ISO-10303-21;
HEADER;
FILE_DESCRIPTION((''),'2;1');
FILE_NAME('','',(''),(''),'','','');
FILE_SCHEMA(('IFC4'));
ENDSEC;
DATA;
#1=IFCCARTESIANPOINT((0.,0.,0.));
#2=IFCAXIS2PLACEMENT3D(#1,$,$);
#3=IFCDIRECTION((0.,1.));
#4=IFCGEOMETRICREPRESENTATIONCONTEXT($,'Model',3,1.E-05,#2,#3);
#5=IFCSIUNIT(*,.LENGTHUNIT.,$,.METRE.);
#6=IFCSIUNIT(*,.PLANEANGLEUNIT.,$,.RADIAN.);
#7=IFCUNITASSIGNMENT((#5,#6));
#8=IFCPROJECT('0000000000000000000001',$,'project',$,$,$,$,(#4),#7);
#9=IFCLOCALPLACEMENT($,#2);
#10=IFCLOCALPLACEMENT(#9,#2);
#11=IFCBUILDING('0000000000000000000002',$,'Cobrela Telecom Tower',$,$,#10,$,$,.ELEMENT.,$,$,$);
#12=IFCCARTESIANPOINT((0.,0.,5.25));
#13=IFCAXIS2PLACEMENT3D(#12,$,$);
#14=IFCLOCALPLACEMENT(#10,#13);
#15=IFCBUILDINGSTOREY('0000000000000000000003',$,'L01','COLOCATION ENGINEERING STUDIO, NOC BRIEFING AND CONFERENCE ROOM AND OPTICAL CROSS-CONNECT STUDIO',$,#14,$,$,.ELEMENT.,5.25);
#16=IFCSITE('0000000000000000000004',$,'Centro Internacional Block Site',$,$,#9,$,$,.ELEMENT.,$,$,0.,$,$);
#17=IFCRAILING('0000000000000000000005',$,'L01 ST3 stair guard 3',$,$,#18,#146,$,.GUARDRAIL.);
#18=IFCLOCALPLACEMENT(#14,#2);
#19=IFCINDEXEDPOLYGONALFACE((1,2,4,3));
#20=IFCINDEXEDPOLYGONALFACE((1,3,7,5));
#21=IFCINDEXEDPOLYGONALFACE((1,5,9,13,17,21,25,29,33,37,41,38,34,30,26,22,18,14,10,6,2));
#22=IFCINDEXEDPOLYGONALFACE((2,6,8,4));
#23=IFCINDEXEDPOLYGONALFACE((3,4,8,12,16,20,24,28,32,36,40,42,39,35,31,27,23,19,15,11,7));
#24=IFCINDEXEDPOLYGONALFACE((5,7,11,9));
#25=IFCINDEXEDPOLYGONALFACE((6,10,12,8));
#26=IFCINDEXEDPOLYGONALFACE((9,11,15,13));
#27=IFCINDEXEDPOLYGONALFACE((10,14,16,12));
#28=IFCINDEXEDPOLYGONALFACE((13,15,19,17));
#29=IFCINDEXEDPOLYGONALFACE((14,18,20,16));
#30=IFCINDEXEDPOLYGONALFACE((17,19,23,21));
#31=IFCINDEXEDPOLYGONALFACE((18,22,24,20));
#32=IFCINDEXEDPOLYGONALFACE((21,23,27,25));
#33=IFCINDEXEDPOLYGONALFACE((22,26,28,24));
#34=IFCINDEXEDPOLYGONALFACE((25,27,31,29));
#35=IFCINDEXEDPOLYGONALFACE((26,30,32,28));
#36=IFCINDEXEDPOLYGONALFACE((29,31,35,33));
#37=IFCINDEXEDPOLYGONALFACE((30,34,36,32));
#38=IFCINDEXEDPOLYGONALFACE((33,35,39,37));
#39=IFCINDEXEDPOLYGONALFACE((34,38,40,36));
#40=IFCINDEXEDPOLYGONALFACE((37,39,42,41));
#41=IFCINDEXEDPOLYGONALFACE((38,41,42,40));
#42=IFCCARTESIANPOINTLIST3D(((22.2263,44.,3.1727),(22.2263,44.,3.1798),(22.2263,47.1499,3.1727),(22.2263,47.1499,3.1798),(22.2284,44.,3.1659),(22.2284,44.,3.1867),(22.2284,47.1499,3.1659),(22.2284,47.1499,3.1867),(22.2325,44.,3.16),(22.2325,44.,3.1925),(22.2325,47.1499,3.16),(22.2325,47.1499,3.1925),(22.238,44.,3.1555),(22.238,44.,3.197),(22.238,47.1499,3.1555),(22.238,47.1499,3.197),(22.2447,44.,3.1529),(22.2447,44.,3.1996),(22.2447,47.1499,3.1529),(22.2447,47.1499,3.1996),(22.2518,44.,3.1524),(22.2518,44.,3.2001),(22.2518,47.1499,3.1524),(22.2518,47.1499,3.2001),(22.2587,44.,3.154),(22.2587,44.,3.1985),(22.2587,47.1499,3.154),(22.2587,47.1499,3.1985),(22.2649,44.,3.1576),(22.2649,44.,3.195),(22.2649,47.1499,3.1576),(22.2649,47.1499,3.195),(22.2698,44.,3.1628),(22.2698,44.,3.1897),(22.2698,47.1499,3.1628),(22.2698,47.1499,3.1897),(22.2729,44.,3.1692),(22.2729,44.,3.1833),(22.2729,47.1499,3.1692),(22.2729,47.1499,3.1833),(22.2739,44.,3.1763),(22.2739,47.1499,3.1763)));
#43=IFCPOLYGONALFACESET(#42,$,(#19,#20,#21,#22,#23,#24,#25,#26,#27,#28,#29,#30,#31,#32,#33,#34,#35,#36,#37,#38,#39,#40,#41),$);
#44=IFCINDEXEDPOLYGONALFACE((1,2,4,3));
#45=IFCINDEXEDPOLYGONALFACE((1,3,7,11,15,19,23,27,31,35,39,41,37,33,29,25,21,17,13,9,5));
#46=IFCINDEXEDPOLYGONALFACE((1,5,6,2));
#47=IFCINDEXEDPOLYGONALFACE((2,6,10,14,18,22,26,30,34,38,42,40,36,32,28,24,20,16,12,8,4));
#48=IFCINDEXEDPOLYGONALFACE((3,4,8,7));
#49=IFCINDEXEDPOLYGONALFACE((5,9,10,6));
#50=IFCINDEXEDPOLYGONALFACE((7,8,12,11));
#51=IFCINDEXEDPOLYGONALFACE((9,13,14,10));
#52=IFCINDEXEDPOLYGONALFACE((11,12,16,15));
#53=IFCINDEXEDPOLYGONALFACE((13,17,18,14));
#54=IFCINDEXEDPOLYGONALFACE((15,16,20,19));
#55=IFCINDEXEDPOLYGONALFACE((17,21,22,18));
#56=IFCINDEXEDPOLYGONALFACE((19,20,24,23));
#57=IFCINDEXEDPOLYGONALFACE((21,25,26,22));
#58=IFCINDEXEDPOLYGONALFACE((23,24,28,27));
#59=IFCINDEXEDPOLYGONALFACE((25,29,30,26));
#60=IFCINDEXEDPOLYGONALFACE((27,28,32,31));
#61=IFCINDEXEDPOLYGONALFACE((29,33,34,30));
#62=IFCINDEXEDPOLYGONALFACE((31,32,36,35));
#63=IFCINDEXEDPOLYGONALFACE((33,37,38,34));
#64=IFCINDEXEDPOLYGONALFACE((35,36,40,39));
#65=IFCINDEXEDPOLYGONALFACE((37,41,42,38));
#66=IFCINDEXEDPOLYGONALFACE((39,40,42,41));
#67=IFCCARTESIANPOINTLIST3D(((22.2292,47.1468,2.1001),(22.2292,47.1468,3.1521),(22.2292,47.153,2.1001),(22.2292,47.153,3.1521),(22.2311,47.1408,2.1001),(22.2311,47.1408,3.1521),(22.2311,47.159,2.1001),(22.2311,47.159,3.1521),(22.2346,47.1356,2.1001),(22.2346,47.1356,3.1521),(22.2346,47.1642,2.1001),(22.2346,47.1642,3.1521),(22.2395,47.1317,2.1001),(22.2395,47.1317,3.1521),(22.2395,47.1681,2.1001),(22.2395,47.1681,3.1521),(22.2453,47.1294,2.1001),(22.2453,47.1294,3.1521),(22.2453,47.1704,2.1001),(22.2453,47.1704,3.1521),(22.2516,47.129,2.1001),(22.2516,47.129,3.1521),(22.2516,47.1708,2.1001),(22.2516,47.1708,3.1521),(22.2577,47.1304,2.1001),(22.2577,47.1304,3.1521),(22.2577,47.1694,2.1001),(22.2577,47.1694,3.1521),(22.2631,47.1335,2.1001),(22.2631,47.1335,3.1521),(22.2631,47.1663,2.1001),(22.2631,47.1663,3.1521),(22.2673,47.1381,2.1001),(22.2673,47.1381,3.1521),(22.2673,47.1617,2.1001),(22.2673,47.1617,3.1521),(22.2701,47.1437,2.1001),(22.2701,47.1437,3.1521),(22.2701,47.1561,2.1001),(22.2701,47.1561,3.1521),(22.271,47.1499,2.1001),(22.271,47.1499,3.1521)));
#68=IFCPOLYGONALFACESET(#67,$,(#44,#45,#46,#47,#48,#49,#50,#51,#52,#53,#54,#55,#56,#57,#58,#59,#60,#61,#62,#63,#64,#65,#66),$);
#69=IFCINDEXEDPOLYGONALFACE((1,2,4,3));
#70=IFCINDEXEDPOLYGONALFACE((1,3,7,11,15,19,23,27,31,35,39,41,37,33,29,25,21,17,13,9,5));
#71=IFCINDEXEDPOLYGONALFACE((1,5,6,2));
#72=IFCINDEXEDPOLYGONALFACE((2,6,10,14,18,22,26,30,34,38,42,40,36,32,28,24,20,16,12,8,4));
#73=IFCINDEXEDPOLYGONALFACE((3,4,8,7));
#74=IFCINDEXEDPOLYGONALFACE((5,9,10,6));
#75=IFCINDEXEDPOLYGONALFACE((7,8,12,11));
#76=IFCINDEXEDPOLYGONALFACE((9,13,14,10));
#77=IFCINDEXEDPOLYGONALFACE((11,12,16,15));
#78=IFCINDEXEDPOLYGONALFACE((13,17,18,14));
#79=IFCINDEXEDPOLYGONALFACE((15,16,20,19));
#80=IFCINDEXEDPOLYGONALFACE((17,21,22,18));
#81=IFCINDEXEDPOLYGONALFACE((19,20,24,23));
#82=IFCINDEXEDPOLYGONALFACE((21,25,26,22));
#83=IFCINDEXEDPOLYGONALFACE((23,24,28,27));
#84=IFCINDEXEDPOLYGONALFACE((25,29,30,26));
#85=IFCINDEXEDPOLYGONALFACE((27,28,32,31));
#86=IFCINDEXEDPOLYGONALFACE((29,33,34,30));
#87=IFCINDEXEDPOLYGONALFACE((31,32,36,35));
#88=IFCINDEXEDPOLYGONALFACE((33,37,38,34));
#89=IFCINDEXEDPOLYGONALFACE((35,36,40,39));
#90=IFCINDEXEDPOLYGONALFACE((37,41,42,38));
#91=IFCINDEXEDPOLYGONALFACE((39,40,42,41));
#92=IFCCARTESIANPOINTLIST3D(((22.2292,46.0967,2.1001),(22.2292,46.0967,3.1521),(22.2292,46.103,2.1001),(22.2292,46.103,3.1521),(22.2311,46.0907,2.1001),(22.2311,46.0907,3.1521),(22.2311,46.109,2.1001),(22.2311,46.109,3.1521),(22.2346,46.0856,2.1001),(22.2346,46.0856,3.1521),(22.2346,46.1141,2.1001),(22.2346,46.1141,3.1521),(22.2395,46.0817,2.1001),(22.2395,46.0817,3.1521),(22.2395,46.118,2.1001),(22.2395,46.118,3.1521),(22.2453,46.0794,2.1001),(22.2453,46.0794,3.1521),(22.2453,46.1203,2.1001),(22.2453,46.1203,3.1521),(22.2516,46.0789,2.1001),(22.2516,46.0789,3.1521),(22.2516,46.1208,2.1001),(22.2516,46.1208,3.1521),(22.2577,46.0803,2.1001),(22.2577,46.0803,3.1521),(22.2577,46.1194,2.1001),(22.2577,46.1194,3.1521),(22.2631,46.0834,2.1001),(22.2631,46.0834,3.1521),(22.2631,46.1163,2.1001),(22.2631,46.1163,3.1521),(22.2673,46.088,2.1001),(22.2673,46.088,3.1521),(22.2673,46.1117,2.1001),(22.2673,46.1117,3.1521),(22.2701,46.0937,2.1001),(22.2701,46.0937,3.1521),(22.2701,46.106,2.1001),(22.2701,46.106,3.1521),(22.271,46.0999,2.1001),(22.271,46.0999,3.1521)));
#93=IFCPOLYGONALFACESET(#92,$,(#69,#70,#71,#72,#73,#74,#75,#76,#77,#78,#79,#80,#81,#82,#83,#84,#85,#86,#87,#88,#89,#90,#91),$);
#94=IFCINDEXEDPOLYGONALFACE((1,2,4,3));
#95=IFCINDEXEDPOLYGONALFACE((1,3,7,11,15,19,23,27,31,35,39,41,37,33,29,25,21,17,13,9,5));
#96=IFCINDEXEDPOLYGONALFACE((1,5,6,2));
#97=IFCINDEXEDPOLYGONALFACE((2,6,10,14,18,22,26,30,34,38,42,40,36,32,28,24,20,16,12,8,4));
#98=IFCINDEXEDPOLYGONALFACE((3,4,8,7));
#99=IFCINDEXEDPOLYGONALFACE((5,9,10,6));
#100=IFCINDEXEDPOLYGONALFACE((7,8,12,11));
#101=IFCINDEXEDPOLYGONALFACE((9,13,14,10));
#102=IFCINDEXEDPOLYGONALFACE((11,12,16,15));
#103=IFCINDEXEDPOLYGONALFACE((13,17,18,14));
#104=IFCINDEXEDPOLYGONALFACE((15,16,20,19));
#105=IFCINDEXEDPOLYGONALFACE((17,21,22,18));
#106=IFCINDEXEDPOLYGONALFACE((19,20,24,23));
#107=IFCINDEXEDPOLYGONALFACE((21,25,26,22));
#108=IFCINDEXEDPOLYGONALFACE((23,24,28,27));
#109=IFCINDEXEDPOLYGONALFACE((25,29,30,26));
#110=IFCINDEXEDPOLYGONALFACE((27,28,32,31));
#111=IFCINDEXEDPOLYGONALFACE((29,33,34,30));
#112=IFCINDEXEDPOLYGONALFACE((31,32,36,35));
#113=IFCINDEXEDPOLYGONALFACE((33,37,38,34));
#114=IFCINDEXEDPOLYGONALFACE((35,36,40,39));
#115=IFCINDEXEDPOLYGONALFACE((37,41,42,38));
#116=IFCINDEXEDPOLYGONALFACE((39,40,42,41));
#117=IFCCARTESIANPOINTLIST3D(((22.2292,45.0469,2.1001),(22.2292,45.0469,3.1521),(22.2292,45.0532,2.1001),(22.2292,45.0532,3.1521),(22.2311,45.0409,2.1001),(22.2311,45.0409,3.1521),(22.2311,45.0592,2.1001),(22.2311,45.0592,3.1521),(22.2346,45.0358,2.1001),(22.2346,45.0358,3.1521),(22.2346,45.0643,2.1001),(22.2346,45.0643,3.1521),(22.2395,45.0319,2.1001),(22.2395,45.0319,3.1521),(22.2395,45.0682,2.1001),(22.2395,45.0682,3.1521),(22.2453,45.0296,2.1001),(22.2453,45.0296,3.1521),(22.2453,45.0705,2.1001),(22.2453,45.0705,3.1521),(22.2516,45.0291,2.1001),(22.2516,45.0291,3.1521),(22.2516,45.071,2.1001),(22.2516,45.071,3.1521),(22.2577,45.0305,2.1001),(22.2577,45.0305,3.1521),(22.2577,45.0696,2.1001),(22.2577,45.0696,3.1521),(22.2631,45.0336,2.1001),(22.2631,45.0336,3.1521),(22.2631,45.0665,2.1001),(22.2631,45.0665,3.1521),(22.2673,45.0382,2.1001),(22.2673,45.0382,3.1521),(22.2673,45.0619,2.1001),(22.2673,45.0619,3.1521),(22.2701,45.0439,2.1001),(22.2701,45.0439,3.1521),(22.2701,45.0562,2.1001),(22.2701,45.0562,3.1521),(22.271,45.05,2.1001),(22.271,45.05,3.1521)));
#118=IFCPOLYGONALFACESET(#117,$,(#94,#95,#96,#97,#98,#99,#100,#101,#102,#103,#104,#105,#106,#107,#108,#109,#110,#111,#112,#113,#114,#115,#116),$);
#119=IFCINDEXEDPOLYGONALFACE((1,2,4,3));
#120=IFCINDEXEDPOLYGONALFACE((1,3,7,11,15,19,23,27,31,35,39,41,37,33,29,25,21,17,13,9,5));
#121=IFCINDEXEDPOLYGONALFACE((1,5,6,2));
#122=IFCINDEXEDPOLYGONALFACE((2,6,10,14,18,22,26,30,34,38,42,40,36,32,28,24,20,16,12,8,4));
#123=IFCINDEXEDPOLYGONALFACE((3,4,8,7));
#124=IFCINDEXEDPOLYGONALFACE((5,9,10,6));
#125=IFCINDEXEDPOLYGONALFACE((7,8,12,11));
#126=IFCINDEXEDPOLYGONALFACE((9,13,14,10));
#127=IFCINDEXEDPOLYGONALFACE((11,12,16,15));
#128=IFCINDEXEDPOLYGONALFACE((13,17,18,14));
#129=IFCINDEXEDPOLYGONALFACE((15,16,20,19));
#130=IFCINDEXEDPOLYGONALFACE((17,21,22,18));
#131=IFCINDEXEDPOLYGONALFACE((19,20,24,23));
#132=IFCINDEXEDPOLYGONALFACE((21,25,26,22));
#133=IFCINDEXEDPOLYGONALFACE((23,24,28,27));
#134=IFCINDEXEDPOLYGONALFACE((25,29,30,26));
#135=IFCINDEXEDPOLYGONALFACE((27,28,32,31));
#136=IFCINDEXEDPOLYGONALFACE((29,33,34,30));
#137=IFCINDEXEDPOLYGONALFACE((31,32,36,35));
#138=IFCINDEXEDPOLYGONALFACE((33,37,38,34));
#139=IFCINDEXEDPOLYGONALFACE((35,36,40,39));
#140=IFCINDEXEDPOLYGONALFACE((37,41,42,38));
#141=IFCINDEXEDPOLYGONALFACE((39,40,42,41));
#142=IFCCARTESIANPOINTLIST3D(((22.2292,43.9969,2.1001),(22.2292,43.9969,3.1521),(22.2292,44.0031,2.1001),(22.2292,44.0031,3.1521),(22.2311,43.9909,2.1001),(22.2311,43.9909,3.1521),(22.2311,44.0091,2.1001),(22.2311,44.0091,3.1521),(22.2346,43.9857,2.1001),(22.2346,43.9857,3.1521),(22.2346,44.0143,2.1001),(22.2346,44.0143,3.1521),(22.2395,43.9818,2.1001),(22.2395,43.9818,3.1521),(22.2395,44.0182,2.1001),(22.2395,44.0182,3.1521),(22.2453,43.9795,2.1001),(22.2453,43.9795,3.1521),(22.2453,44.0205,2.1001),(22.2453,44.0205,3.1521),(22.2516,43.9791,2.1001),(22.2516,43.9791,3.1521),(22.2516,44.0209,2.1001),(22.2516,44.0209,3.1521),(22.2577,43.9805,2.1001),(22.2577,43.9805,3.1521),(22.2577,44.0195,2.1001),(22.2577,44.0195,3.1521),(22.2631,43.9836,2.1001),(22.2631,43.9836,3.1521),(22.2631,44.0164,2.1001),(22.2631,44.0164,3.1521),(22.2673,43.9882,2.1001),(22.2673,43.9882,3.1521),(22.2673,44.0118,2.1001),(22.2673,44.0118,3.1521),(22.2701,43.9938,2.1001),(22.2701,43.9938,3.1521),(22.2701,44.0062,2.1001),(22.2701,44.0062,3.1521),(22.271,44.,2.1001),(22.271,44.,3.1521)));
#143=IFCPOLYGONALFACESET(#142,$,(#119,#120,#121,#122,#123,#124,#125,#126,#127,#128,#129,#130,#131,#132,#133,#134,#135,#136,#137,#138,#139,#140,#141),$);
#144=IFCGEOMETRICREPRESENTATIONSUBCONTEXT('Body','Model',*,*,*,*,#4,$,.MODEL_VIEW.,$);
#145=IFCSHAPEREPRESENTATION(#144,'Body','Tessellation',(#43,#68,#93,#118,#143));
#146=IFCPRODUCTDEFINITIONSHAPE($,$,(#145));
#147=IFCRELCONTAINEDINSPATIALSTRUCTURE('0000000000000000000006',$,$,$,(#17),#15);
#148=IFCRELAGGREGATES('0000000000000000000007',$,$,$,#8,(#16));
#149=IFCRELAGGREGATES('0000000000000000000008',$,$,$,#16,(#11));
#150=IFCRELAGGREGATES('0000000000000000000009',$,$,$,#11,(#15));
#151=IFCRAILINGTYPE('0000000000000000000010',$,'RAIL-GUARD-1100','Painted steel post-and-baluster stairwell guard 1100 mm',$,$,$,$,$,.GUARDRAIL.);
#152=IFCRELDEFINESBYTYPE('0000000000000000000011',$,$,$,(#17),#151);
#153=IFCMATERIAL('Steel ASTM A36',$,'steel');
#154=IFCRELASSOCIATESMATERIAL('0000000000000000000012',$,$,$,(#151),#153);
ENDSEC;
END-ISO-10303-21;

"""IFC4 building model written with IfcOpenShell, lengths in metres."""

from ifc_helpers import new_model, si_unit, direction, frame, origin, origin_2d, place, context, subcontext, project, spatial, circle, extrude, material, type_object, element, save


model = new_model("IFC4")

# Units and contexts
model_context = context("Model", 3, precision=1e-05, world=origin(), true_north=direction((0.0, 1.0)))
body_context = subcontext(model_context, "Body", "Model", "MODEL_VIEW")
ifc_project = project(units=[si_unit("LENGTHUNIT", "METRE"), si_unit("PLANEANGLEUNIT", "RADIAN")], contexts=[model_context])

# Site, building, storey
site_placement = place(None, origin())
site = spatial("IfcSite", under=ifc_project, at=site_placement, Name="Centro Internacional Block Site", CompositionType="ELEMENT", RefElevation=0.0)
building_placement = place(site_placement, origin())
building = spatial("IfcBuilding", under=site, at=building_placement, Name="Cobrela Telecom Tower", CompositionType="ELEMENT")
storey_placement = place(building_placement, frame((0.0, 0.0, 5.25)))
storey = spatial("IfcBuildingStorey", under=building, at=storey_placement, Name="L01", Description="COLOCATION ENGINEERING STUDIO, NOC BRIEFING AND CONFERENCE ROOM AND OPTICAL CROSS-CONNECT STUDIO", CompositionType="ELEMENT", Elevation=5.25)

# Shared definitions
ifc_material_1 = material(Name="Steel ASTM A36", Category="steel")

# Railing
railing_type_1 = type_object("IfcRailingType", Name="RAIL-GUARD-1100", Description="Painted steel post-and-baluster stairwell guard 1100 mm", PredefinedType="GUARDRAIL", material=ifc_material_1)
railing_1_placement = place(storey_placement, frame((22.25, 47.1499, 2.1001)))
element("IfcRailing", 1, at=railing_1_placement, inside=storey, type_object=railing_type_1, Name="L01 ST3 stair guard 3", PredefinedType="GUARDRAIL", context=body_context, shape_type="SweptSolid", body=[
    extrude(circle(Radius=0.0239, at=origin_2d()), frame((0.0, 0.0, 1.0762), z_axis=(0.0, -1.0, 0.0), x_axis=(1.0, 0.0, 0.0)), (0.0, 0.0, 1.0), 3.1499),
    extrude(circle(Radius=0.021, at=origin_2d()), origin(), (0.0, 0.0, 1.0), 1.052),
    extrude(circle(Radius=0.021, at=origin_2d()), frame((0.0, -1.05, 0.0)), (0.0, 0.0, 1.0), 1.052),
    extrude(circle(Radius=0.021, at=origin_2d()), frame((0.0, -2.0999, 0.0)), (0.0, 0.0, 1.0), 1.052),
    extrude(circle(Radius=0.021, at=origin_2d()), frame((0.0, -3.1499, 0.0)), (0.0, 0.0, 1.0), 1.052),
])

save(model, "model.ifc")
